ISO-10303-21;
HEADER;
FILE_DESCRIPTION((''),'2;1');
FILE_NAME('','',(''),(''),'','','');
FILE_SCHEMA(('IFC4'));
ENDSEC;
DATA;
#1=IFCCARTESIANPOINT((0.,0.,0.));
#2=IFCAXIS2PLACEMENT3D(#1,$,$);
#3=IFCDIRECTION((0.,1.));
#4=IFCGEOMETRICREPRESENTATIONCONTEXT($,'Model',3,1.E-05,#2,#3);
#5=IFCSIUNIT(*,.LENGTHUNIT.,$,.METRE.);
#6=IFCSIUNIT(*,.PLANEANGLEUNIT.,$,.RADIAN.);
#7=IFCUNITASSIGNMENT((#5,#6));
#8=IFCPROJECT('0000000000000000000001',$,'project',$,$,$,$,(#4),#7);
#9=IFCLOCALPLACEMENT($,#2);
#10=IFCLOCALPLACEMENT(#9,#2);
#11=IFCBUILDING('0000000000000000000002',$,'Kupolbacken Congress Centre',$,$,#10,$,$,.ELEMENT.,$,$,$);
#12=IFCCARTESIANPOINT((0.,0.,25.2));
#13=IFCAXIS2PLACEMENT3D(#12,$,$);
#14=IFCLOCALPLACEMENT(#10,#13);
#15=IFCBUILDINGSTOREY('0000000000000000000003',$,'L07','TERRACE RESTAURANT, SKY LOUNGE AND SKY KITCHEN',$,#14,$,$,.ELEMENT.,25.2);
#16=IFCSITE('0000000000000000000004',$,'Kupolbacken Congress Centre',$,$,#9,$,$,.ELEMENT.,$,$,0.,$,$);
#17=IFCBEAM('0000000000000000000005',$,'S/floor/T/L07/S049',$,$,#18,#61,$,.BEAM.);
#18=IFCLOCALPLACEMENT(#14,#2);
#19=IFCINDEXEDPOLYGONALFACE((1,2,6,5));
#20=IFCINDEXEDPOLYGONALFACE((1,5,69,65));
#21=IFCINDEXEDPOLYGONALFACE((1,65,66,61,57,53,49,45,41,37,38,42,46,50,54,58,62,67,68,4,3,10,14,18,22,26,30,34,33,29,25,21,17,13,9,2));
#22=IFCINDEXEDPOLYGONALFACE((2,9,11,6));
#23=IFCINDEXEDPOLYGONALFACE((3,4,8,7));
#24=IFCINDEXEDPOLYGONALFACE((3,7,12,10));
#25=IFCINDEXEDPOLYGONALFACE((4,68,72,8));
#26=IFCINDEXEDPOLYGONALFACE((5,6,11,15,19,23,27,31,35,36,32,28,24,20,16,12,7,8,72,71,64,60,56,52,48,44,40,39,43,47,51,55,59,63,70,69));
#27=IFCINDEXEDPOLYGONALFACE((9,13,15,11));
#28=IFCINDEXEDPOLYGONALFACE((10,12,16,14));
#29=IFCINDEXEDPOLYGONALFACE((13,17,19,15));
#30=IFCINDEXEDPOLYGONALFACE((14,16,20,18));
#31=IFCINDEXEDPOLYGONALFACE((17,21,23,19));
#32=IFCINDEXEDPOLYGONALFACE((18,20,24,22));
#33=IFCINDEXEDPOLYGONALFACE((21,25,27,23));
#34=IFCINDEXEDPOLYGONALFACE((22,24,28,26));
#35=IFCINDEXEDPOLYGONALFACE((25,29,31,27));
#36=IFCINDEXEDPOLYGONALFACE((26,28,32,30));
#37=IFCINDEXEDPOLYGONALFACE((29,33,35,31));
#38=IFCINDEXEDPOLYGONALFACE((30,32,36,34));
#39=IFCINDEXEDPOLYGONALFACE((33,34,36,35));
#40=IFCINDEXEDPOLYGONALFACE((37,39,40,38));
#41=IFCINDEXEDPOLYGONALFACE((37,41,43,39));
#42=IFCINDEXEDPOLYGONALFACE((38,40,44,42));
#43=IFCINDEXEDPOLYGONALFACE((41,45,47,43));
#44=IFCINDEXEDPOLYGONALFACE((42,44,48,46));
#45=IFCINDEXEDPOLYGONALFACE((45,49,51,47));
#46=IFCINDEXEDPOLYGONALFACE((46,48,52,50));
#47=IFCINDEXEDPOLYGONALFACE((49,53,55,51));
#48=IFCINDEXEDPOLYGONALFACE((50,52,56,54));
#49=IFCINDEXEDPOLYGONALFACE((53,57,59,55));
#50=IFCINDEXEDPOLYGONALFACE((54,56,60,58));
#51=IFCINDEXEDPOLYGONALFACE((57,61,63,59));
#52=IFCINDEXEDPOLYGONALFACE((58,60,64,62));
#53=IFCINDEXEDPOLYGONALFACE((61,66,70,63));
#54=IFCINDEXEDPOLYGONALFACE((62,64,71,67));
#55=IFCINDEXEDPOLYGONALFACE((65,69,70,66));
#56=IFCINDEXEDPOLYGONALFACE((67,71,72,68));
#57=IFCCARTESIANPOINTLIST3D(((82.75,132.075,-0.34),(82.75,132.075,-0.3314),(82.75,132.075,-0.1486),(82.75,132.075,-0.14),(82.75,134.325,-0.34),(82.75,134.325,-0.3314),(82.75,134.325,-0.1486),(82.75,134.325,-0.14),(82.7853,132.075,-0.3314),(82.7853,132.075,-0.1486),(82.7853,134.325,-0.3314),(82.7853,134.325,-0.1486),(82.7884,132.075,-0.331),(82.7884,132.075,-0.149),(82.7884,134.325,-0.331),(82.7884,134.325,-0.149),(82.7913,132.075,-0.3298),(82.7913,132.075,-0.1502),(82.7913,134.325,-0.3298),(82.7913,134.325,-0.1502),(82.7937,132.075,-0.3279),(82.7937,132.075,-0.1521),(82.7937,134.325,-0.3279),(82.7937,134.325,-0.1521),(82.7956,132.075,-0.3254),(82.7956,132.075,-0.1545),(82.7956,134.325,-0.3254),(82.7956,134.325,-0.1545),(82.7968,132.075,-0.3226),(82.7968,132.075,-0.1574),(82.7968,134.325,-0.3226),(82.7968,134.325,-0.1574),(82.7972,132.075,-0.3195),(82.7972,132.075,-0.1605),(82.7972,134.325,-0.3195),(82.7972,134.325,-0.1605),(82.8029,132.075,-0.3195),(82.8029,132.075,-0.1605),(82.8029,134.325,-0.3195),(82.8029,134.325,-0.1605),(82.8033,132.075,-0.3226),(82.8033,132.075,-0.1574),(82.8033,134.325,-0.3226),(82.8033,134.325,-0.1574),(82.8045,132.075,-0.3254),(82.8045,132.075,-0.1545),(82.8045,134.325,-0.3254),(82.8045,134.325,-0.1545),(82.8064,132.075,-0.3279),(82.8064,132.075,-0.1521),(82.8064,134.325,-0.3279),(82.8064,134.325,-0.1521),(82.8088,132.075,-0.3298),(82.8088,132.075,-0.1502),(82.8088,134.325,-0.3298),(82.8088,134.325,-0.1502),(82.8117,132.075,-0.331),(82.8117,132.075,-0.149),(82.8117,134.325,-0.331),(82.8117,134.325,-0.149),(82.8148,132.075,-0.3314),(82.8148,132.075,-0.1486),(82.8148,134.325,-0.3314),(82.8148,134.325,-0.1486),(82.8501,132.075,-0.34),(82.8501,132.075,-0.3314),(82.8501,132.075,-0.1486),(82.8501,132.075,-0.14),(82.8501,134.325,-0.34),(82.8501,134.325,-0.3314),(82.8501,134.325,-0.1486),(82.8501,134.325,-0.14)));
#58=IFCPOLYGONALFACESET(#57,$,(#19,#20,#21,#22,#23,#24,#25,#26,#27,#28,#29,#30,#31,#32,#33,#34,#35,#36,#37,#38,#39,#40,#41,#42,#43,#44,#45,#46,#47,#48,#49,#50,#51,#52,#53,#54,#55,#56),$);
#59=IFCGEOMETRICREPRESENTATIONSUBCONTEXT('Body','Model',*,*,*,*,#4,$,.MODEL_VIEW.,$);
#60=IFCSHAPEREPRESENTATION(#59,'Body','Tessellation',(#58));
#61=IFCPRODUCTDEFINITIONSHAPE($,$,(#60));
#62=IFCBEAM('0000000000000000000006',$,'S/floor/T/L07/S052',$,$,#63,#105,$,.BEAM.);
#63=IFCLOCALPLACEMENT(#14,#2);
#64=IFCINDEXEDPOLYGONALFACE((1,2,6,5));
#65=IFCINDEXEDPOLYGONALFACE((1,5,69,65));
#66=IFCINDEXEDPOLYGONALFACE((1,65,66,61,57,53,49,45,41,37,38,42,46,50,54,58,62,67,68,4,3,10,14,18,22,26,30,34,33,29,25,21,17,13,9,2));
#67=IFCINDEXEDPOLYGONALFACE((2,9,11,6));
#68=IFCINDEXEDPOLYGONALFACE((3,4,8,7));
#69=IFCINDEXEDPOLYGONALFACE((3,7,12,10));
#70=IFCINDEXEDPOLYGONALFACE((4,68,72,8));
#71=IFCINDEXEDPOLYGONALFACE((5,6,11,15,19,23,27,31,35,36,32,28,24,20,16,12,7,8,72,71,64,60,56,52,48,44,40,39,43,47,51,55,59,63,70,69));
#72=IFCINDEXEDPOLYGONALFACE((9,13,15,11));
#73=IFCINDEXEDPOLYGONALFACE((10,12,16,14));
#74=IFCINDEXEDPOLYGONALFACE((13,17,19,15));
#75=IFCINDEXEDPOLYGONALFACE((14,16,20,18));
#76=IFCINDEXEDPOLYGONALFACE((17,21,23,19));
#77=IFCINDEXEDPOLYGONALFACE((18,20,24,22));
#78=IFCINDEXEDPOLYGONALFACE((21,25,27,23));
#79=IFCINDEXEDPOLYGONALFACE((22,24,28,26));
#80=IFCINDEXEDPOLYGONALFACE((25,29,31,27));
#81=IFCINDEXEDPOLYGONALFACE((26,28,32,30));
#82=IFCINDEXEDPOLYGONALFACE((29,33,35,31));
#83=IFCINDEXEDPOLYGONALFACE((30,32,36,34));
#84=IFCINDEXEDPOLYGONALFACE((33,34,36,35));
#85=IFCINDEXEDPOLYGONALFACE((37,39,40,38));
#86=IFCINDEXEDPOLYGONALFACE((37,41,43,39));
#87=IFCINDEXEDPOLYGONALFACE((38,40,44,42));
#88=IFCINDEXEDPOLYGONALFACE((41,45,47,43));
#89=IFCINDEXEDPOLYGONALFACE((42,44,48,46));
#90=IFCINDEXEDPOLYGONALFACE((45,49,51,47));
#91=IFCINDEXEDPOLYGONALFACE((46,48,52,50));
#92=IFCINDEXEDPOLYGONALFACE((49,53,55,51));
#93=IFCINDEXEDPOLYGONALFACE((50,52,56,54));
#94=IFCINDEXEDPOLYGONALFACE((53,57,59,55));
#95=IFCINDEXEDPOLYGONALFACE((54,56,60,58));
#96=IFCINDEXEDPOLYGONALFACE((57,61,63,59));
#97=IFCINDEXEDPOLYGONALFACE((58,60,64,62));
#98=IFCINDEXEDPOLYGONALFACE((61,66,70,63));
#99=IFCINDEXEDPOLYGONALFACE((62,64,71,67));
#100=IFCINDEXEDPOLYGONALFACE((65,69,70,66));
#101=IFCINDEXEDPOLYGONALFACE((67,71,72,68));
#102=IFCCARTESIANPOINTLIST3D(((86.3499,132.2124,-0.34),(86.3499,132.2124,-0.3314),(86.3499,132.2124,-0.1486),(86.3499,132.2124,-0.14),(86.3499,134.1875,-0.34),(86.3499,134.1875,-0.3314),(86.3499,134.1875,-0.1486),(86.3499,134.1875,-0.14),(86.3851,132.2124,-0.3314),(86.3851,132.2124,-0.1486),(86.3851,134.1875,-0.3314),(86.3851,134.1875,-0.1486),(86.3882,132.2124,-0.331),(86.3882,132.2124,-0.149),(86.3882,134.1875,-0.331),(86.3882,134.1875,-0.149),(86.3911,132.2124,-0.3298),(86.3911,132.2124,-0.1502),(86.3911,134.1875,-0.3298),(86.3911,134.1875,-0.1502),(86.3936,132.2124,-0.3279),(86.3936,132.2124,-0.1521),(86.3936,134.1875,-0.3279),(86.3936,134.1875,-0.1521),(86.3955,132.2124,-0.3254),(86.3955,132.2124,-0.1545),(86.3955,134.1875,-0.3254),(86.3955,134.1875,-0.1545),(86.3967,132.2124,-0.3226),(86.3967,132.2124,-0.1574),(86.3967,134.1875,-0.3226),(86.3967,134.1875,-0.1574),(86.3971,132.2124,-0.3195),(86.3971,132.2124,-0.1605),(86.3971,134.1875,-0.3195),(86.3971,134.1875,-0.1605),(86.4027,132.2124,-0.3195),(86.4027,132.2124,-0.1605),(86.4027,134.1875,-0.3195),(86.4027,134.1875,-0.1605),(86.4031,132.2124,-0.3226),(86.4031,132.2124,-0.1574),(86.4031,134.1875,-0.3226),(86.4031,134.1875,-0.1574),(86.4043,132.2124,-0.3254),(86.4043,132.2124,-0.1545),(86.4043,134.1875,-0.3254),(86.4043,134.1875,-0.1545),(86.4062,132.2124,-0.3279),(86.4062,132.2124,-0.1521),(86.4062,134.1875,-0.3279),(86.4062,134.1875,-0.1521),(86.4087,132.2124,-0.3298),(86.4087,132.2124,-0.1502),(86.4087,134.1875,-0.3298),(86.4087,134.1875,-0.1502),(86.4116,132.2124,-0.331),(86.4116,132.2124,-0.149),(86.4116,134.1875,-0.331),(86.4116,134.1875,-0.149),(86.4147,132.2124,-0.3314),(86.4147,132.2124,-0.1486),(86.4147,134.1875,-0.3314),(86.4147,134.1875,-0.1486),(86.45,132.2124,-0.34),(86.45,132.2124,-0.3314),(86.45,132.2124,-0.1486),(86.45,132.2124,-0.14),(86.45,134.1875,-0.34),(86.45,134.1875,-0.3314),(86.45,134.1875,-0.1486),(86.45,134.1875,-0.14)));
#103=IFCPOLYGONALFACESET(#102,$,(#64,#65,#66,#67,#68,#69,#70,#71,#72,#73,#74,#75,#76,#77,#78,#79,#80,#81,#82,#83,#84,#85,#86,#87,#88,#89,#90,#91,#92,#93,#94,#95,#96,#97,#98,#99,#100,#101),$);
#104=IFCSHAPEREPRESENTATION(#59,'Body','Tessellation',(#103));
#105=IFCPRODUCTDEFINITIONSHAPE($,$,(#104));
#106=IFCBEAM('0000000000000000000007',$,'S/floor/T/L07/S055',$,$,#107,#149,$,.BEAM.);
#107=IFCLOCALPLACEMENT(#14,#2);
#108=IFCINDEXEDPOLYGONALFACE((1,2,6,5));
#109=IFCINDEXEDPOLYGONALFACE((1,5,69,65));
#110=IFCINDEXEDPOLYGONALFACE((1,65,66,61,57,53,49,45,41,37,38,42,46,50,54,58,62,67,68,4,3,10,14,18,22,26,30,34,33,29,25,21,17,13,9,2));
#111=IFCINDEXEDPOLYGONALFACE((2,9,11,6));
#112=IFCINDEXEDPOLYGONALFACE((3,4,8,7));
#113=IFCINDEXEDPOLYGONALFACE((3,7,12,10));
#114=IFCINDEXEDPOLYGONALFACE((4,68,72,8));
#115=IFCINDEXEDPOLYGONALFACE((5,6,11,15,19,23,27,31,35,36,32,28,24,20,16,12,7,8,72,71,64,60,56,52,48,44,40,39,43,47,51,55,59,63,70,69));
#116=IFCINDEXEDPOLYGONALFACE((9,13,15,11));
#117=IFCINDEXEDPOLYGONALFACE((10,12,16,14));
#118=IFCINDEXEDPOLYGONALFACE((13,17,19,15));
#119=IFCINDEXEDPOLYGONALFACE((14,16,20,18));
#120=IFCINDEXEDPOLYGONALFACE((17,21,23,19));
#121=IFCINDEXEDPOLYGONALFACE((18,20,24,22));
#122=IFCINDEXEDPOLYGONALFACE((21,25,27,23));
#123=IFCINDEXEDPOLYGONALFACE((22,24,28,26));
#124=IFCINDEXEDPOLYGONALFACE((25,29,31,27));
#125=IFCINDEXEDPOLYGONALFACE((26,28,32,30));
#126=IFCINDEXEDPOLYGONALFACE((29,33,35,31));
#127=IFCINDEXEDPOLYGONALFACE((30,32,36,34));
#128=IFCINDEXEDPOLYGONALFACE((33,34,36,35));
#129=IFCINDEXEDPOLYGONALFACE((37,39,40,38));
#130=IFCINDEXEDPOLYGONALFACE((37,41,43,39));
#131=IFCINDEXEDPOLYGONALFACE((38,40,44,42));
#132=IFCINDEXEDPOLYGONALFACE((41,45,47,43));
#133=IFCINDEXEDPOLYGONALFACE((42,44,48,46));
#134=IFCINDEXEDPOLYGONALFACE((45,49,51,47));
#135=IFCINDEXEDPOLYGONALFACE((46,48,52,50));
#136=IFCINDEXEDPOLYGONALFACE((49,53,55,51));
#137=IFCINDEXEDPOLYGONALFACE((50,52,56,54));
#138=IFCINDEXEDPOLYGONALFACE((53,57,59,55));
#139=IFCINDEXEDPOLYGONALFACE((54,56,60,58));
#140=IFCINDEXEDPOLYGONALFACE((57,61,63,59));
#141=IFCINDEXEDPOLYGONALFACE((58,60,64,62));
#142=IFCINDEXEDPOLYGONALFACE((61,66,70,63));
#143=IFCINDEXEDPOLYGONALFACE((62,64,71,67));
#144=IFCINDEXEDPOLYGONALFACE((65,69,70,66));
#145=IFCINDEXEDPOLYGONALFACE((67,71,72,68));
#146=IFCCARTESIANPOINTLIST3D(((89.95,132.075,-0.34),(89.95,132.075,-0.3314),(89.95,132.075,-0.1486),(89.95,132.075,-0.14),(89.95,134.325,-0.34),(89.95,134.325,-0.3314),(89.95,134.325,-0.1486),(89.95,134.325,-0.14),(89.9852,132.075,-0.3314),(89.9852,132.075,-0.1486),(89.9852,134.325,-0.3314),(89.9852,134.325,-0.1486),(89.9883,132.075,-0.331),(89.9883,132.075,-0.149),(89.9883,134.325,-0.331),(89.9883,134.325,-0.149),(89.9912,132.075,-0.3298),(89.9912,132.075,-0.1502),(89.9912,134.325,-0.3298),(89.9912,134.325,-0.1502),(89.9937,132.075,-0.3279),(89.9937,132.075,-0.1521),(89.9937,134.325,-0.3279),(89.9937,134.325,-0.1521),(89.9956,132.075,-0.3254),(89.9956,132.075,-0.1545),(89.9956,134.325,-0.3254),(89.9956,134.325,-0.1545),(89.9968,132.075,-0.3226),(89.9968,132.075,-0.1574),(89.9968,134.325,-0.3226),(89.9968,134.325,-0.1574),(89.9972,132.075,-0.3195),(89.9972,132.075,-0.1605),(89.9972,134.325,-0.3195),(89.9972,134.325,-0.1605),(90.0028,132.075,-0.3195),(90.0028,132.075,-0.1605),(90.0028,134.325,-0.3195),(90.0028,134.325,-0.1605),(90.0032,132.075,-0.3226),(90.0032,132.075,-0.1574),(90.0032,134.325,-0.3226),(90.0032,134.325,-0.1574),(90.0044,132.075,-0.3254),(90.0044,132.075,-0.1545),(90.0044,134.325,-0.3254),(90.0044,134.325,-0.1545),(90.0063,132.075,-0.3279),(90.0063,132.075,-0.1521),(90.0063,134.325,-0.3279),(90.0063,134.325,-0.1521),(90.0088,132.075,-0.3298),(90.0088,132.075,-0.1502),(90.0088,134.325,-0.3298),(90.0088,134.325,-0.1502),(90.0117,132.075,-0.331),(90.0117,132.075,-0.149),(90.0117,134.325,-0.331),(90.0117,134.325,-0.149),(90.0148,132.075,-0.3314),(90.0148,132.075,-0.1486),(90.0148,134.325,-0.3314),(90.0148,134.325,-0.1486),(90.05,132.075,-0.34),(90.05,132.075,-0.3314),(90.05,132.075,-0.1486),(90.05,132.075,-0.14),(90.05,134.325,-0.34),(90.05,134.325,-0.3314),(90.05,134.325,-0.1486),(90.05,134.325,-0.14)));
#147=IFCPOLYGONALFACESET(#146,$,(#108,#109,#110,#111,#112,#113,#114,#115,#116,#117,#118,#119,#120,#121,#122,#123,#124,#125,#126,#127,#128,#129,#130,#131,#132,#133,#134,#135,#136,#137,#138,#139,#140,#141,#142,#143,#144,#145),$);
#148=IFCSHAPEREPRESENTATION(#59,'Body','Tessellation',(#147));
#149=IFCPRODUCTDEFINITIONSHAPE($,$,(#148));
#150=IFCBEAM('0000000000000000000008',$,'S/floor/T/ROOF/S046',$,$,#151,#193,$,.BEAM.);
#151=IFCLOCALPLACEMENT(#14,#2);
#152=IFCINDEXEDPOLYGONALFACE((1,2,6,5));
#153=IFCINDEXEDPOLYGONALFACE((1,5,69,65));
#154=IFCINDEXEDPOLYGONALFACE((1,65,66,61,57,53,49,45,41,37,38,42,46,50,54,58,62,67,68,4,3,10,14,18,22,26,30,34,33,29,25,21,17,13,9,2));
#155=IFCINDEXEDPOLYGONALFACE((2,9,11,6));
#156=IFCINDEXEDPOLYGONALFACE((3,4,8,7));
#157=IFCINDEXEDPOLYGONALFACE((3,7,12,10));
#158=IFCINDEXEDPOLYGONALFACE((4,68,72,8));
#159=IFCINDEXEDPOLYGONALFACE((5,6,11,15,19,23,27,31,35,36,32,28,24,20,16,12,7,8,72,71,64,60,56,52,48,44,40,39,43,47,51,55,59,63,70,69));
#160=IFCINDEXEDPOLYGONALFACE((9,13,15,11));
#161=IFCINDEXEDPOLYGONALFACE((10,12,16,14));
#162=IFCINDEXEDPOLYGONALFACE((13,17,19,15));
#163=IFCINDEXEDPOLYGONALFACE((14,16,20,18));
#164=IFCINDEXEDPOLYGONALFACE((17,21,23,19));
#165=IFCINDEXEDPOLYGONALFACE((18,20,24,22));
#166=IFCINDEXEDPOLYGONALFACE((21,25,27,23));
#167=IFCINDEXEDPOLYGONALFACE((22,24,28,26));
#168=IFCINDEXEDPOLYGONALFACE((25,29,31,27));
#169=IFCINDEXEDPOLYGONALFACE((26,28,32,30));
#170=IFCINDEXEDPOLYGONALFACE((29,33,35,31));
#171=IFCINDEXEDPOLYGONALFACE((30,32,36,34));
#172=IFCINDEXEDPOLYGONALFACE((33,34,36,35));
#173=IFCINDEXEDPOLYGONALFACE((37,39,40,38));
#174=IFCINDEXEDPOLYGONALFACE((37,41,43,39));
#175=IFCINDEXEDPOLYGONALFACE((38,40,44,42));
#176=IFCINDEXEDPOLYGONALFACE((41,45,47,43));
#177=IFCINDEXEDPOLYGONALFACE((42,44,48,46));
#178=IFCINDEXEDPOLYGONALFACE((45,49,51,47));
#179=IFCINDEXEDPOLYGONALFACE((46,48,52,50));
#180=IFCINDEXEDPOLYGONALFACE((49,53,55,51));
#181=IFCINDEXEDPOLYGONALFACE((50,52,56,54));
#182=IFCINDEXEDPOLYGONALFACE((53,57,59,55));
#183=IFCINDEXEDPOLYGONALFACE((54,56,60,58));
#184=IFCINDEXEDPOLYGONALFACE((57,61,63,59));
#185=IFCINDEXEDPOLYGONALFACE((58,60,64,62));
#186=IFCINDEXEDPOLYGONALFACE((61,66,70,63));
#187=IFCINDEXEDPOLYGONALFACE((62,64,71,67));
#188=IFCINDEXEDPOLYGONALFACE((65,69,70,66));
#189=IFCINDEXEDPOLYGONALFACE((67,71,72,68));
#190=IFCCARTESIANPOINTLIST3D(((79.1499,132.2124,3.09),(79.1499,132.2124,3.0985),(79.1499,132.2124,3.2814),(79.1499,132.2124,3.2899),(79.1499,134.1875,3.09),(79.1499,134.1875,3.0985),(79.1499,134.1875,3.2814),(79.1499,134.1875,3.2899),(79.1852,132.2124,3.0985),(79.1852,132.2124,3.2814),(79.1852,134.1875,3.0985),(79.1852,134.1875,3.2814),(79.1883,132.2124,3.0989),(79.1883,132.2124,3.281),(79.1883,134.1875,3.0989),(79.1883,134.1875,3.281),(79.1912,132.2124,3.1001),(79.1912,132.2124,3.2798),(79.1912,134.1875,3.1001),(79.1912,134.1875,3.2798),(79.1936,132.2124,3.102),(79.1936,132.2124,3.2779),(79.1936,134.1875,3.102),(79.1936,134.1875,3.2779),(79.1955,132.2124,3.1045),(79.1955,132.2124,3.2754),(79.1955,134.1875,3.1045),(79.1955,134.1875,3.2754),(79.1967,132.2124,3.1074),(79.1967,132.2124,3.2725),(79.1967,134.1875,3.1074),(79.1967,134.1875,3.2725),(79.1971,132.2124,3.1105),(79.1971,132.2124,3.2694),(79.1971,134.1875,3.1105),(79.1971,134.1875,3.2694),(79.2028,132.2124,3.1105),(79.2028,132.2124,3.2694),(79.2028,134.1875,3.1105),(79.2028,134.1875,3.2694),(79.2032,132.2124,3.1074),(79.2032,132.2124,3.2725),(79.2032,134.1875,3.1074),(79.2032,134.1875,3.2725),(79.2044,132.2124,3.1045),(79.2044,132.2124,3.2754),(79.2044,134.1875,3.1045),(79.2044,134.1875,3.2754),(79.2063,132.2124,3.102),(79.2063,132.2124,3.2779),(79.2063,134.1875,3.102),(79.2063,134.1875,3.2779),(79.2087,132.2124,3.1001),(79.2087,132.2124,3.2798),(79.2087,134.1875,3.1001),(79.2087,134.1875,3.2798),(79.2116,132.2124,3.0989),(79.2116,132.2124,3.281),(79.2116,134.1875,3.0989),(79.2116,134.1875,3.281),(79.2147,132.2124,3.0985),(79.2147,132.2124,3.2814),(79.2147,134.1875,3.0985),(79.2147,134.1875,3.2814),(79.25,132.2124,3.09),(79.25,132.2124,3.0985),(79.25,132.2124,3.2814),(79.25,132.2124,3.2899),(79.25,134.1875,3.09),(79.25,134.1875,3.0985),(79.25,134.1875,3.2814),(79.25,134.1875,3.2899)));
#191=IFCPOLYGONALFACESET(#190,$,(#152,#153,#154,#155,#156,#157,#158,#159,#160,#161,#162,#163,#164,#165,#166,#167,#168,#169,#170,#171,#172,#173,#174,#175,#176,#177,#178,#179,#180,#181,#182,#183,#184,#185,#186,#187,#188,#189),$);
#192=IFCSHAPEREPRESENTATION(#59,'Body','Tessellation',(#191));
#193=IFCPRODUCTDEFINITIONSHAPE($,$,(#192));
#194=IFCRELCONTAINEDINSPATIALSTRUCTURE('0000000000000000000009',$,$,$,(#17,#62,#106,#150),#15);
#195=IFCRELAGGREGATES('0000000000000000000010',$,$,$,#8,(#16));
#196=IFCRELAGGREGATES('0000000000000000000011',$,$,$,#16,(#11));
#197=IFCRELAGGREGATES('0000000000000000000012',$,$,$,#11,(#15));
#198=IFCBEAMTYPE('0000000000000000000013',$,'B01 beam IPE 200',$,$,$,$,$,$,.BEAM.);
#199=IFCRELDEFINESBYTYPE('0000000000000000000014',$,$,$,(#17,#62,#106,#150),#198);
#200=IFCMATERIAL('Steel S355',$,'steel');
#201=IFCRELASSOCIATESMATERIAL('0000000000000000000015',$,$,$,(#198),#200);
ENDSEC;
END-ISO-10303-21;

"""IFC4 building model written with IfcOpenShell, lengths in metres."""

from ifc_helpers import new_model, si_unit, direction, frame, origin, origin_2d, place, context, subcontext, project, spatial, i_section, extrude, material, material_profile, profile_set, type_object, element, save


model = new_model("IFC4")

# Units and contexts
model_context = context("Model", 3, precision=1e-05, world=origin(), true_north=direction((0.0, 1.0)))
body_context = subcontext(model_context, "Body", "Model", "MODEL_VIEW")
ifc_project = project(units=[si_unit("LENGTHUNIT", "METRE"), si_unit("PLANEANGLEUNIT", "RADIAN")], contexts=[model_context])

# Site, building, storey
site_placement = place(None, origin())
site = spatial("IfcSite", under=ifc_project, at=site_placement, Name="Kupolbacken Congress Centre", CompositionType="ELEMENT", RefElevation=0.0)
building_placement = place(site_placement, origin())
building = spatial("IfcBuilding", under=site, at=building_placement, Name="Kupolbacken Congress Centre", CompositionType="ELEMENT")
storey_placement = place(building_placement, frame((0.0, 0.0, 25.2)))
storey = spatial("IfcBuildingStorey", under=building, at=storey_placement, Name="L07", Description="TERRACE RESTAURANT, SKY LOUNGE AND SKY KITCHEN", CompositionType="ELEMENT", Elevation=25.2)

# Beams
ifc_material_1 = material(Name="Steel S355", Category="steel")
ifc_material_profile_1 = material_profile(ifc_material_1, i_section(OverallWidth=0.1001, OverallDepth=0.2, WebThickness=0.0056, FlangeThickness=0.0085, FilletRadius=0.012, at=origin_2d()), Name="IPE 200")
ifc_profile_set_1 = profile_set([ifc_material_profile_1], Name="Steel S355")
beam_type_1 = type_object("IfcBeamType", Name="B01 beam IPE 200", PredefinedType="BEAM", material=ifc_profile_set_1)
beam_1_placement = place(storey_placement, frame((82.8, 132.075, -0.24), z_axis=(0.0, 1.0, 0.0), x_axis=(-1.0, 0.0, 0.0)))
element("IfcBeam", 1, at=beam_1_placement, inside=storey, type_object=beam_type_1, Name="S/floor/T/L07/S049", PredefinedType="BEAM", context=body_context, shape_type="SweptSolid", body=[
    extrude(i_section(OverallWidth=0.1001, OverallDepth=0.2, WebThickness=0.0056, FlangeThickness=0.0085, FilletRadius=0.012, at=origin_2d()), origin(), (0.0, 0.0, 1.0), 2.25),
])
beam_2_placement = place(storey_placement, frame((86.3999, 132.2124, -0.24), z_axis=(0.0, 1.0, 0.0), x_axis=(-1.0, 0.0, 0.0)))
element("IfcBeam", 2, at=beam_2_placement, inside=storey, type_object=beam_type_1, Name="S/floor/T/L07/S052", PredefinedType="BEAM", context=body_context, shape_type="SweptSolid", body=[
    extrude(i_section(OverallWidth=0.1001, OverallDepth=0.2, WebThickness=0.0056, FlangeThickness=0.0085, FilletRadius=0.012, at=origin_2d()), origin(), (0.0, 0.0, 1.0), 1.9751),
])
beam_3_placement = place(storey_placement, frame((90.0, 132.075, -0.24), z_axis=(0.0, 1.0, 0.0), x_axis=(-1.0, 0.0, 0.0)))
element("IfcBeam", 3, at=beam_3_placement, inside=storey, type_object=beam_type_1, Name="S/floor/T/L07/S055", PredefinedType="BEAM", context=body_context, shape_type="SweptSolid", body=[
    extrude(i_section(OverallWidth=0.1001, OverallDepth=0.2, WebThickness=0.0056, FlangeThickness=0.0085, FilletRadius=0.012, at=origin_2d()), origin(), (0.0, 0.0, 1.0), 2.25),
])
beam_4_placement = place(storey_placement, frame((79.2, 132.2124, 3.1899), z_axis=(0.0, 1.0, 0.0), x_axis=(-1.0, 0.0, 0.0)))
element("IfcBeam", 4, at=beam_4_placement, inside=storey, type_object=beam_type_1, Name="S/floor/T/ROOF/S046", PredefinedType="BEAM", context=body_context, shape_type="SweptSolid", body=[
    extrude(i_section(OverallWidth=0.1001, OverallDepth=0.2, WebThickness=0.0056, FlangeThickness=0.0085, FilletRadius=0.012, at=origin_2d()), origin(), (0.0, 0.0, 1.0), 1.9751),
])

save(model, "model.ifc")
